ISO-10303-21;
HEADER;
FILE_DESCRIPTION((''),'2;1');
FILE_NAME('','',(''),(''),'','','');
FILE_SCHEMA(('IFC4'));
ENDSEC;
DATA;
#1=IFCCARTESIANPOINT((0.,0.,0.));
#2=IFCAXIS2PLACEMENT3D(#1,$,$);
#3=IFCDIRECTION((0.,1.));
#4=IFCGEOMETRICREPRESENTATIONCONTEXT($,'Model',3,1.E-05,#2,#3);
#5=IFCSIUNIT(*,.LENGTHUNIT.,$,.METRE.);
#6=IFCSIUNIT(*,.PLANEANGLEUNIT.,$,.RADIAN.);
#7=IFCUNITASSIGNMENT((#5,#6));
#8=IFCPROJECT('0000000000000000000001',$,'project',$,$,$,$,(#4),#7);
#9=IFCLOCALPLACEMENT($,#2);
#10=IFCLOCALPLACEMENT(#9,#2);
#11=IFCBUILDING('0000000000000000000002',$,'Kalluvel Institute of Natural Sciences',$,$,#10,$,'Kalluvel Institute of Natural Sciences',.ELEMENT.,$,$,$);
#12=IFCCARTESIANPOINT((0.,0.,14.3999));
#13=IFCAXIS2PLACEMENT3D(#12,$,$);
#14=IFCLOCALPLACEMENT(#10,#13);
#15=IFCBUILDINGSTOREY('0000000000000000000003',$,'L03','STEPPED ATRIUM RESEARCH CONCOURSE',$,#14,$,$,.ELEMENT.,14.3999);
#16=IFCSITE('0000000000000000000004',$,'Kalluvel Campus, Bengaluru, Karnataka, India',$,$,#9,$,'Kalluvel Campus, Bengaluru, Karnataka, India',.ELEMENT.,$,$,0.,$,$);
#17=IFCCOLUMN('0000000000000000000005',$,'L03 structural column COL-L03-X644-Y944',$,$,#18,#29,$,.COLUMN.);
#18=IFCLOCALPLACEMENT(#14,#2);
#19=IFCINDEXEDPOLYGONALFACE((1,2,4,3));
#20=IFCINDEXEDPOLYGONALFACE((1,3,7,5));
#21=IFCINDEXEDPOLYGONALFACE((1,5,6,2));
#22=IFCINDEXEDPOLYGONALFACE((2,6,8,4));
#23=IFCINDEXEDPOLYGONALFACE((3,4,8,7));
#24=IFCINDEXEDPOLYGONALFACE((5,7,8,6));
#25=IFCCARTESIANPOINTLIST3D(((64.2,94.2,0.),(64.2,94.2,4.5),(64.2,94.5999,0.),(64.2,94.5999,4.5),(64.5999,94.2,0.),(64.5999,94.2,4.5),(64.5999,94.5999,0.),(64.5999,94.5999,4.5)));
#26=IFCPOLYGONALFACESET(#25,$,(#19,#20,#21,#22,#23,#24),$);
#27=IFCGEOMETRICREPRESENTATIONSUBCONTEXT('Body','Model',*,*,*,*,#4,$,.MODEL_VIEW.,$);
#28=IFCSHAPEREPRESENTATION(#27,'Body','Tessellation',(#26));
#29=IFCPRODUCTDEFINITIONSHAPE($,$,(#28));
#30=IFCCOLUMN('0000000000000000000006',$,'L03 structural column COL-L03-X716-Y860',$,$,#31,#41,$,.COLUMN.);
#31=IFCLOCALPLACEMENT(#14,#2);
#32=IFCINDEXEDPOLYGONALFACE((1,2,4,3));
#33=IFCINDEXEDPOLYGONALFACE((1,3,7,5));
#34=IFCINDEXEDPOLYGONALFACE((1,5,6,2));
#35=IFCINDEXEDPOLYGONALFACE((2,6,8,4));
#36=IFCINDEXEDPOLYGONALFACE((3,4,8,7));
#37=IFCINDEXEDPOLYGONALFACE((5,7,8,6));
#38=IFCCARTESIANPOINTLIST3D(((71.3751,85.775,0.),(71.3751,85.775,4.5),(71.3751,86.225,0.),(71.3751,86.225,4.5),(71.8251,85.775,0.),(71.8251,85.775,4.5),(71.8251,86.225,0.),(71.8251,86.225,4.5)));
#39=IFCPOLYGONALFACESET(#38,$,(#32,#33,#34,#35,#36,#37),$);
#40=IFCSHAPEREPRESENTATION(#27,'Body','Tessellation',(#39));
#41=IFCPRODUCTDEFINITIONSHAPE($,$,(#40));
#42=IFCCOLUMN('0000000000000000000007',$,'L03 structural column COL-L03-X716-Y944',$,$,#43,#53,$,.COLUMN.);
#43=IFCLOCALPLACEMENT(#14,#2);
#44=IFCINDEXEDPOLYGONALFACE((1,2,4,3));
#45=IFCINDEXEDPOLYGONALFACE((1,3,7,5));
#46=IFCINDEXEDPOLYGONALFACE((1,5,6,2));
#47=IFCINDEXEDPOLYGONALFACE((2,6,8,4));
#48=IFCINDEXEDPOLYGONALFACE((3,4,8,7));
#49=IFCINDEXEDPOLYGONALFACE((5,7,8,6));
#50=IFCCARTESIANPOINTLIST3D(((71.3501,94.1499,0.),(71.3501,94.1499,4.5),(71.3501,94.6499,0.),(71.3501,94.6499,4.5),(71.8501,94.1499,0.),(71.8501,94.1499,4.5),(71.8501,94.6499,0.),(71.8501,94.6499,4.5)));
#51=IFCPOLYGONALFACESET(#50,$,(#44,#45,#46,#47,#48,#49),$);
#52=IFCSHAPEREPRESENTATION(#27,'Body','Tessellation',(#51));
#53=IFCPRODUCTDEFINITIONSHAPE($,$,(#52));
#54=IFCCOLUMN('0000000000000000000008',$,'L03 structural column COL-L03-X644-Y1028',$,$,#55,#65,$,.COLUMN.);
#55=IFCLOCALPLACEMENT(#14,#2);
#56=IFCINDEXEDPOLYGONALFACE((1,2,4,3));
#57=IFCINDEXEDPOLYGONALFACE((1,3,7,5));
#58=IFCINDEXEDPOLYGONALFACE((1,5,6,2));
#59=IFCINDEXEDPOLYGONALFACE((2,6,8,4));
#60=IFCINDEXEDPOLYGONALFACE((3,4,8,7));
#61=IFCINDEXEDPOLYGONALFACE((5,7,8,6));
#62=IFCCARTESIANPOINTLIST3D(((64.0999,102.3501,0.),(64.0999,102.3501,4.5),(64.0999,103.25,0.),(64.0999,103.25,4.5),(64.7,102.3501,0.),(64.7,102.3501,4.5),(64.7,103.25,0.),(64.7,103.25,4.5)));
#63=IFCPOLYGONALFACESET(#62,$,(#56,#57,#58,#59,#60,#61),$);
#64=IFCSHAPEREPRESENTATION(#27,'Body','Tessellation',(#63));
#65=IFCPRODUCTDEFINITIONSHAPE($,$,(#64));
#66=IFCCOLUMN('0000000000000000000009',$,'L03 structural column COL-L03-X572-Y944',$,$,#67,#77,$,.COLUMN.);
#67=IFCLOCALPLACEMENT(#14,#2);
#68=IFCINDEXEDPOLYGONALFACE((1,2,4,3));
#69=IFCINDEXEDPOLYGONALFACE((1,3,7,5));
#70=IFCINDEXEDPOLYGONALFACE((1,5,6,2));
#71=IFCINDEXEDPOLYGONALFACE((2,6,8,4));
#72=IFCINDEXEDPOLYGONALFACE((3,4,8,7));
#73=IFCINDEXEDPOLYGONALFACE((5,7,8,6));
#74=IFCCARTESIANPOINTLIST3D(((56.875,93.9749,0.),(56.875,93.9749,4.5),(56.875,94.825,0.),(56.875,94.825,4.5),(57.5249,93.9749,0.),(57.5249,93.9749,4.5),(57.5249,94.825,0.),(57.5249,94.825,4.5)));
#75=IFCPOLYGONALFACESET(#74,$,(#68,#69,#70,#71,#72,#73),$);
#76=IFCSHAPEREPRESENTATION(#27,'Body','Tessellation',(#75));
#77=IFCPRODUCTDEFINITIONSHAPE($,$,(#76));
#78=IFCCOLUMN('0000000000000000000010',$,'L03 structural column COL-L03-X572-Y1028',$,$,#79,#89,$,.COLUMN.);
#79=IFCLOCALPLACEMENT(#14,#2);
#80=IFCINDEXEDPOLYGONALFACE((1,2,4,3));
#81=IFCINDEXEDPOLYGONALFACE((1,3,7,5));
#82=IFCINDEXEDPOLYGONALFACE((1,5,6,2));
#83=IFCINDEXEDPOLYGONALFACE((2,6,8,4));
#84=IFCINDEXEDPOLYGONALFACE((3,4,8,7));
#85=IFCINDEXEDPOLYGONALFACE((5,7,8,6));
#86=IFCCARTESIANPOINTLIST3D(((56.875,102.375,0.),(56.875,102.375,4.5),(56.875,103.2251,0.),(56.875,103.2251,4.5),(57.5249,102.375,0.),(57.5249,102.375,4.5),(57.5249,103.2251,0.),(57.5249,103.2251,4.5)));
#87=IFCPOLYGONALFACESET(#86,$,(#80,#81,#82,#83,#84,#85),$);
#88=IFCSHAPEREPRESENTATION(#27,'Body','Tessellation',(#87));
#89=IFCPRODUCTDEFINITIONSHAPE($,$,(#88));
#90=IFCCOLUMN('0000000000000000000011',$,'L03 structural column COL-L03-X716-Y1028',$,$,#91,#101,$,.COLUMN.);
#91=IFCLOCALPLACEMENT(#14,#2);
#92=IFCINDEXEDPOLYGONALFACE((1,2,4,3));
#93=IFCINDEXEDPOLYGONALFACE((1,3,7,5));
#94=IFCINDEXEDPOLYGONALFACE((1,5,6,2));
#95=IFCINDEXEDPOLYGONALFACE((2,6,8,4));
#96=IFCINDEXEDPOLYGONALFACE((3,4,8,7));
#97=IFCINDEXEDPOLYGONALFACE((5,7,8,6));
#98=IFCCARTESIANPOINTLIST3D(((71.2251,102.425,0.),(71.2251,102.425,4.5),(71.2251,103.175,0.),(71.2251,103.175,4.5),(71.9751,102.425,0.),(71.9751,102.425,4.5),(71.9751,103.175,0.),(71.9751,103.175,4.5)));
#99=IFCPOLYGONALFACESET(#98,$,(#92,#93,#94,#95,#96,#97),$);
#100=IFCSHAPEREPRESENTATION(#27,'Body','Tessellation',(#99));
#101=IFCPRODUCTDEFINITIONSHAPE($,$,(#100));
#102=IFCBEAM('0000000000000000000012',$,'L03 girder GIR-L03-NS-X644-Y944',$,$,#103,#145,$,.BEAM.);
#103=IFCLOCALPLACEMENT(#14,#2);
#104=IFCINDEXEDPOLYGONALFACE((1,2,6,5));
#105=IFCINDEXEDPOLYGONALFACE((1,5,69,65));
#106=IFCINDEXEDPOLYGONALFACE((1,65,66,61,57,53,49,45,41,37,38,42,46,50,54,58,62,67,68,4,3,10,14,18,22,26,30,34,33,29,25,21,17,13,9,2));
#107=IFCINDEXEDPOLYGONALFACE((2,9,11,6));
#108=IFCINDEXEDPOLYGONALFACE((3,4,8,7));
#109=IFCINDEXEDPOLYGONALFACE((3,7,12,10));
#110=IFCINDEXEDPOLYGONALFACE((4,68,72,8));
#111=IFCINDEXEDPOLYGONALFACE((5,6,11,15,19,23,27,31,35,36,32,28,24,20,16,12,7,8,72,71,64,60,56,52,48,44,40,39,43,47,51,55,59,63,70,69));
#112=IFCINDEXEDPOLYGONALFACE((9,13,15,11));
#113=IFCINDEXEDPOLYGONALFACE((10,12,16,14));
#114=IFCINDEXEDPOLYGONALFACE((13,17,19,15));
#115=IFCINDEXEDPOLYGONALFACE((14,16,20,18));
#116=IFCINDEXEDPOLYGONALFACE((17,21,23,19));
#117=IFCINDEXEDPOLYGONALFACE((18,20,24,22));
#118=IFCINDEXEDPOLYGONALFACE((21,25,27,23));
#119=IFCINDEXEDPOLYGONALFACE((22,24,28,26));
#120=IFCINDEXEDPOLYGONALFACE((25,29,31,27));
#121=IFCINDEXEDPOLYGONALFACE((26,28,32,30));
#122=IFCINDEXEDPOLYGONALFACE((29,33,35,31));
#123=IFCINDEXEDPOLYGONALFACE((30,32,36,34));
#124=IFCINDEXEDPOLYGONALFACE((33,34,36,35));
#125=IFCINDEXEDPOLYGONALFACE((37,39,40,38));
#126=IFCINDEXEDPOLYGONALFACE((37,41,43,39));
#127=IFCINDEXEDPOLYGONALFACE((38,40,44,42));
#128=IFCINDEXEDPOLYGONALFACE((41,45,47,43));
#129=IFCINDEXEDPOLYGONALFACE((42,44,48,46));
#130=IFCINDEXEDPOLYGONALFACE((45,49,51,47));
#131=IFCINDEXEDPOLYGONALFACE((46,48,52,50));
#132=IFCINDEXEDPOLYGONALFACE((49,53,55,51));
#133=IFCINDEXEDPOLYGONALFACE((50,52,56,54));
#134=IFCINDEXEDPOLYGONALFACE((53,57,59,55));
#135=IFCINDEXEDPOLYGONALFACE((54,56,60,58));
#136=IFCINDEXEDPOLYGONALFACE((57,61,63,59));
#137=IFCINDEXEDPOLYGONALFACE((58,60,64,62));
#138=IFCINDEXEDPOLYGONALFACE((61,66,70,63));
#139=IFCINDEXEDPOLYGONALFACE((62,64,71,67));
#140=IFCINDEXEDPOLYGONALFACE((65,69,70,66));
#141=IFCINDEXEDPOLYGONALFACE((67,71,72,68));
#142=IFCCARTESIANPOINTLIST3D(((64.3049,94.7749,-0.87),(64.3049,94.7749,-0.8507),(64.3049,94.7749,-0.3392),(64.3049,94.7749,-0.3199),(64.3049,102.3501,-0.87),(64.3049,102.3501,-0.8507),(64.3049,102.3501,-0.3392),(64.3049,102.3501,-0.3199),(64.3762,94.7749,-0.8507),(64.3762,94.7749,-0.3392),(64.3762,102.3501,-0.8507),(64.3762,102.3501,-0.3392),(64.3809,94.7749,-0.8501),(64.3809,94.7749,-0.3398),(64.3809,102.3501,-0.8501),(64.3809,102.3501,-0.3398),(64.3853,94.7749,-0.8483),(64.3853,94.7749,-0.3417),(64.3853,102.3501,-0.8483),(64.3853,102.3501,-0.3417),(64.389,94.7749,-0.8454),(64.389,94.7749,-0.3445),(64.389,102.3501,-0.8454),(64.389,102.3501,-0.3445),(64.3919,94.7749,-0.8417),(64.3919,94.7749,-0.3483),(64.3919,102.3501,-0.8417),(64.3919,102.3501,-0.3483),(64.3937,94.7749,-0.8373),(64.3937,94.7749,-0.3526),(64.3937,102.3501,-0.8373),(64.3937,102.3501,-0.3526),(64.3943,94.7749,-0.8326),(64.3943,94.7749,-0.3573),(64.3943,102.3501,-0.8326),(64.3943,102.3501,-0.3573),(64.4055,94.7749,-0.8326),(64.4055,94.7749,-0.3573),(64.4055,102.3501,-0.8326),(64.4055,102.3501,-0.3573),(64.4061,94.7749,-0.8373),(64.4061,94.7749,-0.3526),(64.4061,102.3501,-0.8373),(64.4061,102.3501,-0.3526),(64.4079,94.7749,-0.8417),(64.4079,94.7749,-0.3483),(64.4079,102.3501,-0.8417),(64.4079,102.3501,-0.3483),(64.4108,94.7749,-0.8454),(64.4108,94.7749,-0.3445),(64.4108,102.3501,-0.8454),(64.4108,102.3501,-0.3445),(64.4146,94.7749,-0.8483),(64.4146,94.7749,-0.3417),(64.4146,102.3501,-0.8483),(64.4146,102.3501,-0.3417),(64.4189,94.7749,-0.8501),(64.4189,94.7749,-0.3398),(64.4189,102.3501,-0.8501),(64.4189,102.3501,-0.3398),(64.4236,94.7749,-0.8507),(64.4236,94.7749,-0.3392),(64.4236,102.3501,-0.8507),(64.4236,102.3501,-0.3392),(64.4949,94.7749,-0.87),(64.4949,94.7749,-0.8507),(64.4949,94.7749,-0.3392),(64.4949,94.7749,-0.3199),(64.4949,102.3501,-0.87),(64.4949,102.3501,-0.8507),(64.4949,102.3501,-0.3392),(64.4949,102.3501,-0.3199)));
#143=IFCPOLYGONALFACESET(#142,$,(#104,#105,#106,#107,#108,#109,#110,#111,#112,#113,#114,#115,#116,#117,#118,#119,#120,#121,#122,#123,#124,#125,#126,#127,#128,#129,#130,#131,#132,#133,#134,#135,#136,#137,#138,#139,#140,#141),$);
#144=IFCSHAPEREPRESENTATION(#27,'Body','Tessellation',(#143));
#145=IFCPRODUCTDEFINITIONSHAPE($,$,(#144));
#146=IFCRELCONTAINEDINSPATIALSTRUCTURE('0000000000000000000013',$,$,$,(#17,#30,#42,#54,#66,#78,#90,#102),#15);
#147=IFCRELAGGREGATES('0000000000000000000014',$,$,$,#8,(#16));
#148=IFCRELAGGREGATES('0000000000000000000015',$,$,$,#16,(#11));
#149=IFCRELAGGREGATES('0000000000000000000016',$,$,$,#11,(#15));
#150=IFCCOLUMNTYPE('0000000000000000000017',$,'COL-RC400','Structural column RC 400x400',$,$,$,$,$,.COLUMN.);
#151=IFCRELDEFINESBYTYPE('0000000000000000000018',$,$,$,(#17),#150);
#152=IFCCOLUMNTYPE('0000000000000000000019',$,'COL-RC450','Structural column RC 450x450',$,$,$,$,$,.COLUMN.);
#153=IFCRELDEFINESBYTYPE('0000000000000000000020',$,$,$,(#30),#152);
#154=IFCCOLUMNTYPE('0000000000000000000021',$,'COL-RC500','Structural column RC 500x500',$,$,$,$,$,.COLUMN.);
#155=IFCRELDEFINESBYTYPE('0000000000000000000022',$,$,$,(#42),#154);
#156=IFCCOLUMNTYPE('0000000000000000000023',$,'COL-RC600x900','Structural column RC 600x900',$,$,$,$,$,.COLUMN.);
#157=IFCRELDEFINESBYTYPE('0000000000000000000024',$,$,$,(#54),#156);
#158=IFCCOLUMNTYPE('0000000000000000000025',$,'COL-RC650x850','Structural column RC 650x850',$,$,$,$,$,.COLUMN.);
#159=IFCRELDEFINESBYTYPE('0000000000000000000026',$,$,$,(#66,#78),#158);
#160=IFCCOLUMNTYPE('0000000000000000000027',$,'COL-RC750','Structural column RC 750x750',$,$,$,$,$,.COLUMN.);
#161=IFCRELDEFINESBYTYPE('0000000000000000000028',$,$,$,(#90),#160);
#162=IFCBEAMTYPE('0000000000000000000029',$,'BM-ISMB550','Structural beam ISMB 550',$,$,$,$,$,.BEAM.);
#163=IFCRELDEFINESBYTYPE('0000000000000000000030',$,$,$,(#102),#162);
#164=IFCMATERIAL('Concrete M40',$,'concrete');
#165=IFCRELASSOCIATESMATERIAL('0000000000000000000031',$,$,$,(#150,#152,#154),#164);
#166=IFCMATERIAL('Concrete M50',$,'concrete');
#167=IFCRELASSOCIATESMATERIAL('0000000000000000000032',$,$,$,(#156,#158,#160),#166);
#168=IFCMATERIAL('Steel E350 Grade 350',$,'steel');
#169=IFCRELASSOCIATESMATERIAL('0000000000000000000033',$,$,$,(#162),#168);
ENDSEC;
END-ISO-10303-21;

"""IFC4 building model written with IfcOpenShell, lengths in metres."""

from ifc_helpers import new_model, si_unit, direction, frame, origin, origin_2d, place, context, subcontext, project, spatial, rectangle, i_section, extrude, material, material_profile, profile_set, type_object, element, save


model = new_model("IFC4")

# Units and contexts
model_context = context("Model", 3, precision=1e-05, world=origin(), true_north=direction((0.0, 1.0)))
body_context = subcontext(model_context, "Body", "Model", "MODEL_VIEW")
ifc_project = project(units=[si_unit("LENGTHUNIT", "METRE"), si_unit("PLANEANGLEUNIT", "RADIAN")], contexts=[model_context])

# Site, building, storey
site_placement = place(None, origin())
site = spatial("IfcSite", under=ifc_project, at=site_placement, Name="Kalluvel Campus, Bengaluru, Karnataka, India", LongName="Kalluvel Campus, Bengaluru, Karnataka, India", CompositionType="ELEMENT", RefElevation=0.0)
building_placement = place(site_placement, origin())
building = spatial("IfcBuilding", under=site, at=building_placement, Name="Kalluvel Institute of Natural Sciences", LongName="Kalluvel Institute of Natural Sciences", CompositionType="ELEMENT")
storey_placement = place(building_placement, frame((0.0, 0.0, 14.3999)))
storey = spatial("IfcBuildingStorey", under=building, at=storey_placement, Name="L03", Description="STEPPED ATRIUM RESEARCH CONCOURSE", CompositionType="ELEMENT", Elevation=14.3999)

# Columns
ifc_material_1 = material(Name="Concrete M40", Category="concrete")
ifc_material_profile_1 = material_profile(ifc_material_1, rectangle(XDim=0.3999, YDim=0.3999, at=origin_2d()), Name="RC 400x400")
ifc_profile_set_1 = profile_set([ifc_material_profile_1], Name="Concrete M40")
column_type_1 = type_object("IfcColumnType", Name="COL-RC400", Description="Structural column RC 400x400", PredefinedType="COLUMN", material=ifc_profile_set_1)
column_1_placement = place(storey_placement, frame((64.3999, 94.3999, 0.0), z_axis=(0.0, 0.0, 1.0), x_axis=(1.0, 0.0, 0.0)))
element("IfcColumn", 1, at=column_1_placement, inside=storey, type_object=column_type_1, Name="L03 structural column COL-L03-X644-Y944", PredefinedType="COLUMN", context=body_context, shape_type="SweptSolid", body=[
    extrude(rectangle(XDim=0.3999, YDim=0.3999, at=origin_2d()), origin(), (0.0, 0.0, 1.0), 4.5),
])
ifc_material_profile_2 = material_profile(ifc_material_1, rectangle(XDim=0.45, YDim=0.45, at=origin_2d()), Name="RC 450x450")
ifc_profile_set_2 = profile_set([ifc_material_profile_2], Name="Concrete M40")
column_type_2 = type_object("IfcColumnType", Name="COL-RC450", Description="Structural column RC 450x450", PredefinedType="COLUMN", material=ifc_profile_set_2)
column_2_placement = place(storey_placement, frame((71.6001, 86.0, 0.0), z_axis=(0.0, 0.0, 1.0), x_axis=(1.0, 0.0, 0.0)))
element("IfcColumn", 2, at=column_2_placement, inside=storey, type_object=column_type_2, Name="L03 structural column COL-L03-X716-Y860", PredefinedType="COLUMN", context=body_context, shape_type="SweptSolid", body=[
    extrude(rectangle(XDim=0.45, YDim=0.45, at=origin_2d()), origin(), (0.0, 0.0, 1.0), 4.5),
])
ifc_material_profile_3 = material_profile(ifc_material_1, rectangle(XDim=0.5, YDim=0.5, at=origin_2d()), Name="RC 500x500")
ifc_profile_set_3 = profile_set([ifc_material_profile_3], Name="Concrete M40")
column_type_3 = type_object("IfcColumnType", Name="COL-RC500", Description="Structural column RC 500x500", PredefinedType="COLUMN", material=ifc_profile_set_3)
column_3_placement = place(storey_placement, frame((71.6001, 94.3999, 0.0), z_axis=(0.0, 0.0, 1.0), x_axis=(1.0, 0.0, 0.0)))
element("IfcColumn", 3, at=column_3_placement, inside=storey, type_object=column_type_3, Name="L03 structural column COL-L03-X716-Y944", PredefinedType="COLUMN", context=body_context, shape_type="SweptSolid", body=[
    extrude(rectangle(XDim=0.5, YDim=0.5, at=origin_2d()), origin(), (0.0, 0.0, 1.0), 4.5),
])
ifc_material_2 = material(Name="Concrete M50", Category="concrete")
ifc_material_profile_4 = material_profile(ifc_material_2, rectangle(XDim=0.6001, YDim=0.8999, at=origin_2d()), Name="RC 600x900")
ifc_profile_set_4 = profile_set([ifc_material_profile_4], Name="Concrete M50")
column_type_4 = type_object("IfcColumnType", Name="COL-RC600x900", Description="Structural column RC 600x900", PredefinedType="COLUMN", material=ifc_profile_set_4)
column_4_placement = place(storey_placement, frame((64.3999, 102.8, 0.0), z_axis=(0.0, 0.0, 1.0), x_axis=(1.0, 0.0, 0.0)))
element("IfcColumn", 4, at=column_4_placement, inside=storey, type_object=column_type_4, Name="L03 structural column COL-L03-X644-Y1028", PredefinedType="COLUMN", context=body_context, shape_type="SweptSolid", body=[
    extrude(rectangle(XDim=0.6001, YDim=0.8999, at=origin_2d()), origin(), (0.0, 0.0, 1.0), 4.5),
])
ifc_material_profile_5 = material_profile(ifc_material_2, rectangle(XDim=0.6499, YDim=0.8501, at=origin_2d()), Name="RC 650x850")
ifc_profile_set_5 = profile_set([ifc_material_profile_5], Name="Concrete M50")
column_type_5 = type_object("IfcColumnType", Name="COL-RC650x850", Description="Structural column RC 650x850", PredefinedType="COLUMN", material=ifc_profile_set_5)
for number, where, z_axis, x_axis, name in (
    (5, (57.2, 94.3999, 0.0), (0.0, 0.0, 1.0), (1.0, 0.0, 0.0), "L03 structural column COL-L03-X572-Y944"),
    (6, (57.2, 102.8, 0.0), (0.0, 0.0, 1.0), (1.0, 0.0, 0.0), "L03 structural column COL-L03-X572-Y1028"),
):
    element("IfcColumn", number, at=place(storey_placement, frame(where, z_axis=z_axis, x_axis=x_axis)), inside=storey, type_object=column_type_5, Name=name, PredefinedType="COLUMN", context=body_context, shape_type="SweptSolid", body=[
        extrude(rectangle(XDim=0.6499, YDim=0.8501, at=origin_2d()), origin(), (0.0, 0.0, 1.0), 4.5),
    ])
ifc_material_profile_6 = material_profile(ifc_material_2, rectangle(XDim=0.75, YDim=0.75, at=origin_2d()), Name="RC 750x750")
ifc_profile_set_6 = profile_set([ifc_material_profile_6], Name="Concrete M50")
column_type_6 = type_object("IfcColumnType", Name="COL-RC750", Description="Structural column RC 750x750", PredefinedType="COLUMN", material=ifc_profile_set_6)
column_5_placement = place(storey_placement, frame((71.6001, 102.8, 0.0), z_axis=(0.0, 0.0, 1.0), x_axis=(1.0, 0.0, 0.0)))
element("IfcColumn", 7, at=column_5_placement, inside=storey, type_object=column_type_6, Name="L03 structural column COL-L03-X716-Y1028", PredefinedType="COLUMN", context=body_context, shape_type="SweptSolid", body=[
    extrude(rectangle(XDim=0.75, YDim=0.75, at=origin_2d()), origin(), (0.0, 0.0, 1.0), 4.5),
])

# Beam
ifc_material_3 = material(Name="Steel E350 Grade 350", Category="steel")
ifc_material_profile_7 = material_profile(ifc_material_3, i_section(OverallWidth=0.1899, OverallDepth=0.55, WebThickness=0.0112, FlangeThickness=0.0193, FilletRadius=0.0181, at=origin_2d()), Name="ISMB 550")
ifc_profile_set_7 = profile_set([ifc_material_profile_7], Name="Steel E350 Grade 350")
beam_type_1 = type_object("IfcBeamType", Name="BM-ISMB550", Description="Structural beam ISMB 550", PredefinedType="BEAM", material=ifc_profile_set_7)
beam_1_placement = place(storey_placement, frame((64.3999, 94.7749, -0.595), z_axis=(0.0, 1.0, 0.0), x_axis=(-1.0, 0.0, 0.0)))
element("IfcBeam", 8, at=beam_1_placement, inside=storey, type_object=beam_type_1, Name="L03 girder GIR-L03-NS-X644-Y944", PredefinedType="BEAM", context=body_context, shape_type="SweptSolid", body=[
    extrude(i_section(OverallWidth=0.1899, OverallDepth=0.55, WebThickness=0.0112, FlangeThickness=0.0193, FilletRadius=0.0181, at=origin_2d()), origin(), (0.0, 0.0, 1.0), 7.5752),
])

save(model, "model.ifc")
